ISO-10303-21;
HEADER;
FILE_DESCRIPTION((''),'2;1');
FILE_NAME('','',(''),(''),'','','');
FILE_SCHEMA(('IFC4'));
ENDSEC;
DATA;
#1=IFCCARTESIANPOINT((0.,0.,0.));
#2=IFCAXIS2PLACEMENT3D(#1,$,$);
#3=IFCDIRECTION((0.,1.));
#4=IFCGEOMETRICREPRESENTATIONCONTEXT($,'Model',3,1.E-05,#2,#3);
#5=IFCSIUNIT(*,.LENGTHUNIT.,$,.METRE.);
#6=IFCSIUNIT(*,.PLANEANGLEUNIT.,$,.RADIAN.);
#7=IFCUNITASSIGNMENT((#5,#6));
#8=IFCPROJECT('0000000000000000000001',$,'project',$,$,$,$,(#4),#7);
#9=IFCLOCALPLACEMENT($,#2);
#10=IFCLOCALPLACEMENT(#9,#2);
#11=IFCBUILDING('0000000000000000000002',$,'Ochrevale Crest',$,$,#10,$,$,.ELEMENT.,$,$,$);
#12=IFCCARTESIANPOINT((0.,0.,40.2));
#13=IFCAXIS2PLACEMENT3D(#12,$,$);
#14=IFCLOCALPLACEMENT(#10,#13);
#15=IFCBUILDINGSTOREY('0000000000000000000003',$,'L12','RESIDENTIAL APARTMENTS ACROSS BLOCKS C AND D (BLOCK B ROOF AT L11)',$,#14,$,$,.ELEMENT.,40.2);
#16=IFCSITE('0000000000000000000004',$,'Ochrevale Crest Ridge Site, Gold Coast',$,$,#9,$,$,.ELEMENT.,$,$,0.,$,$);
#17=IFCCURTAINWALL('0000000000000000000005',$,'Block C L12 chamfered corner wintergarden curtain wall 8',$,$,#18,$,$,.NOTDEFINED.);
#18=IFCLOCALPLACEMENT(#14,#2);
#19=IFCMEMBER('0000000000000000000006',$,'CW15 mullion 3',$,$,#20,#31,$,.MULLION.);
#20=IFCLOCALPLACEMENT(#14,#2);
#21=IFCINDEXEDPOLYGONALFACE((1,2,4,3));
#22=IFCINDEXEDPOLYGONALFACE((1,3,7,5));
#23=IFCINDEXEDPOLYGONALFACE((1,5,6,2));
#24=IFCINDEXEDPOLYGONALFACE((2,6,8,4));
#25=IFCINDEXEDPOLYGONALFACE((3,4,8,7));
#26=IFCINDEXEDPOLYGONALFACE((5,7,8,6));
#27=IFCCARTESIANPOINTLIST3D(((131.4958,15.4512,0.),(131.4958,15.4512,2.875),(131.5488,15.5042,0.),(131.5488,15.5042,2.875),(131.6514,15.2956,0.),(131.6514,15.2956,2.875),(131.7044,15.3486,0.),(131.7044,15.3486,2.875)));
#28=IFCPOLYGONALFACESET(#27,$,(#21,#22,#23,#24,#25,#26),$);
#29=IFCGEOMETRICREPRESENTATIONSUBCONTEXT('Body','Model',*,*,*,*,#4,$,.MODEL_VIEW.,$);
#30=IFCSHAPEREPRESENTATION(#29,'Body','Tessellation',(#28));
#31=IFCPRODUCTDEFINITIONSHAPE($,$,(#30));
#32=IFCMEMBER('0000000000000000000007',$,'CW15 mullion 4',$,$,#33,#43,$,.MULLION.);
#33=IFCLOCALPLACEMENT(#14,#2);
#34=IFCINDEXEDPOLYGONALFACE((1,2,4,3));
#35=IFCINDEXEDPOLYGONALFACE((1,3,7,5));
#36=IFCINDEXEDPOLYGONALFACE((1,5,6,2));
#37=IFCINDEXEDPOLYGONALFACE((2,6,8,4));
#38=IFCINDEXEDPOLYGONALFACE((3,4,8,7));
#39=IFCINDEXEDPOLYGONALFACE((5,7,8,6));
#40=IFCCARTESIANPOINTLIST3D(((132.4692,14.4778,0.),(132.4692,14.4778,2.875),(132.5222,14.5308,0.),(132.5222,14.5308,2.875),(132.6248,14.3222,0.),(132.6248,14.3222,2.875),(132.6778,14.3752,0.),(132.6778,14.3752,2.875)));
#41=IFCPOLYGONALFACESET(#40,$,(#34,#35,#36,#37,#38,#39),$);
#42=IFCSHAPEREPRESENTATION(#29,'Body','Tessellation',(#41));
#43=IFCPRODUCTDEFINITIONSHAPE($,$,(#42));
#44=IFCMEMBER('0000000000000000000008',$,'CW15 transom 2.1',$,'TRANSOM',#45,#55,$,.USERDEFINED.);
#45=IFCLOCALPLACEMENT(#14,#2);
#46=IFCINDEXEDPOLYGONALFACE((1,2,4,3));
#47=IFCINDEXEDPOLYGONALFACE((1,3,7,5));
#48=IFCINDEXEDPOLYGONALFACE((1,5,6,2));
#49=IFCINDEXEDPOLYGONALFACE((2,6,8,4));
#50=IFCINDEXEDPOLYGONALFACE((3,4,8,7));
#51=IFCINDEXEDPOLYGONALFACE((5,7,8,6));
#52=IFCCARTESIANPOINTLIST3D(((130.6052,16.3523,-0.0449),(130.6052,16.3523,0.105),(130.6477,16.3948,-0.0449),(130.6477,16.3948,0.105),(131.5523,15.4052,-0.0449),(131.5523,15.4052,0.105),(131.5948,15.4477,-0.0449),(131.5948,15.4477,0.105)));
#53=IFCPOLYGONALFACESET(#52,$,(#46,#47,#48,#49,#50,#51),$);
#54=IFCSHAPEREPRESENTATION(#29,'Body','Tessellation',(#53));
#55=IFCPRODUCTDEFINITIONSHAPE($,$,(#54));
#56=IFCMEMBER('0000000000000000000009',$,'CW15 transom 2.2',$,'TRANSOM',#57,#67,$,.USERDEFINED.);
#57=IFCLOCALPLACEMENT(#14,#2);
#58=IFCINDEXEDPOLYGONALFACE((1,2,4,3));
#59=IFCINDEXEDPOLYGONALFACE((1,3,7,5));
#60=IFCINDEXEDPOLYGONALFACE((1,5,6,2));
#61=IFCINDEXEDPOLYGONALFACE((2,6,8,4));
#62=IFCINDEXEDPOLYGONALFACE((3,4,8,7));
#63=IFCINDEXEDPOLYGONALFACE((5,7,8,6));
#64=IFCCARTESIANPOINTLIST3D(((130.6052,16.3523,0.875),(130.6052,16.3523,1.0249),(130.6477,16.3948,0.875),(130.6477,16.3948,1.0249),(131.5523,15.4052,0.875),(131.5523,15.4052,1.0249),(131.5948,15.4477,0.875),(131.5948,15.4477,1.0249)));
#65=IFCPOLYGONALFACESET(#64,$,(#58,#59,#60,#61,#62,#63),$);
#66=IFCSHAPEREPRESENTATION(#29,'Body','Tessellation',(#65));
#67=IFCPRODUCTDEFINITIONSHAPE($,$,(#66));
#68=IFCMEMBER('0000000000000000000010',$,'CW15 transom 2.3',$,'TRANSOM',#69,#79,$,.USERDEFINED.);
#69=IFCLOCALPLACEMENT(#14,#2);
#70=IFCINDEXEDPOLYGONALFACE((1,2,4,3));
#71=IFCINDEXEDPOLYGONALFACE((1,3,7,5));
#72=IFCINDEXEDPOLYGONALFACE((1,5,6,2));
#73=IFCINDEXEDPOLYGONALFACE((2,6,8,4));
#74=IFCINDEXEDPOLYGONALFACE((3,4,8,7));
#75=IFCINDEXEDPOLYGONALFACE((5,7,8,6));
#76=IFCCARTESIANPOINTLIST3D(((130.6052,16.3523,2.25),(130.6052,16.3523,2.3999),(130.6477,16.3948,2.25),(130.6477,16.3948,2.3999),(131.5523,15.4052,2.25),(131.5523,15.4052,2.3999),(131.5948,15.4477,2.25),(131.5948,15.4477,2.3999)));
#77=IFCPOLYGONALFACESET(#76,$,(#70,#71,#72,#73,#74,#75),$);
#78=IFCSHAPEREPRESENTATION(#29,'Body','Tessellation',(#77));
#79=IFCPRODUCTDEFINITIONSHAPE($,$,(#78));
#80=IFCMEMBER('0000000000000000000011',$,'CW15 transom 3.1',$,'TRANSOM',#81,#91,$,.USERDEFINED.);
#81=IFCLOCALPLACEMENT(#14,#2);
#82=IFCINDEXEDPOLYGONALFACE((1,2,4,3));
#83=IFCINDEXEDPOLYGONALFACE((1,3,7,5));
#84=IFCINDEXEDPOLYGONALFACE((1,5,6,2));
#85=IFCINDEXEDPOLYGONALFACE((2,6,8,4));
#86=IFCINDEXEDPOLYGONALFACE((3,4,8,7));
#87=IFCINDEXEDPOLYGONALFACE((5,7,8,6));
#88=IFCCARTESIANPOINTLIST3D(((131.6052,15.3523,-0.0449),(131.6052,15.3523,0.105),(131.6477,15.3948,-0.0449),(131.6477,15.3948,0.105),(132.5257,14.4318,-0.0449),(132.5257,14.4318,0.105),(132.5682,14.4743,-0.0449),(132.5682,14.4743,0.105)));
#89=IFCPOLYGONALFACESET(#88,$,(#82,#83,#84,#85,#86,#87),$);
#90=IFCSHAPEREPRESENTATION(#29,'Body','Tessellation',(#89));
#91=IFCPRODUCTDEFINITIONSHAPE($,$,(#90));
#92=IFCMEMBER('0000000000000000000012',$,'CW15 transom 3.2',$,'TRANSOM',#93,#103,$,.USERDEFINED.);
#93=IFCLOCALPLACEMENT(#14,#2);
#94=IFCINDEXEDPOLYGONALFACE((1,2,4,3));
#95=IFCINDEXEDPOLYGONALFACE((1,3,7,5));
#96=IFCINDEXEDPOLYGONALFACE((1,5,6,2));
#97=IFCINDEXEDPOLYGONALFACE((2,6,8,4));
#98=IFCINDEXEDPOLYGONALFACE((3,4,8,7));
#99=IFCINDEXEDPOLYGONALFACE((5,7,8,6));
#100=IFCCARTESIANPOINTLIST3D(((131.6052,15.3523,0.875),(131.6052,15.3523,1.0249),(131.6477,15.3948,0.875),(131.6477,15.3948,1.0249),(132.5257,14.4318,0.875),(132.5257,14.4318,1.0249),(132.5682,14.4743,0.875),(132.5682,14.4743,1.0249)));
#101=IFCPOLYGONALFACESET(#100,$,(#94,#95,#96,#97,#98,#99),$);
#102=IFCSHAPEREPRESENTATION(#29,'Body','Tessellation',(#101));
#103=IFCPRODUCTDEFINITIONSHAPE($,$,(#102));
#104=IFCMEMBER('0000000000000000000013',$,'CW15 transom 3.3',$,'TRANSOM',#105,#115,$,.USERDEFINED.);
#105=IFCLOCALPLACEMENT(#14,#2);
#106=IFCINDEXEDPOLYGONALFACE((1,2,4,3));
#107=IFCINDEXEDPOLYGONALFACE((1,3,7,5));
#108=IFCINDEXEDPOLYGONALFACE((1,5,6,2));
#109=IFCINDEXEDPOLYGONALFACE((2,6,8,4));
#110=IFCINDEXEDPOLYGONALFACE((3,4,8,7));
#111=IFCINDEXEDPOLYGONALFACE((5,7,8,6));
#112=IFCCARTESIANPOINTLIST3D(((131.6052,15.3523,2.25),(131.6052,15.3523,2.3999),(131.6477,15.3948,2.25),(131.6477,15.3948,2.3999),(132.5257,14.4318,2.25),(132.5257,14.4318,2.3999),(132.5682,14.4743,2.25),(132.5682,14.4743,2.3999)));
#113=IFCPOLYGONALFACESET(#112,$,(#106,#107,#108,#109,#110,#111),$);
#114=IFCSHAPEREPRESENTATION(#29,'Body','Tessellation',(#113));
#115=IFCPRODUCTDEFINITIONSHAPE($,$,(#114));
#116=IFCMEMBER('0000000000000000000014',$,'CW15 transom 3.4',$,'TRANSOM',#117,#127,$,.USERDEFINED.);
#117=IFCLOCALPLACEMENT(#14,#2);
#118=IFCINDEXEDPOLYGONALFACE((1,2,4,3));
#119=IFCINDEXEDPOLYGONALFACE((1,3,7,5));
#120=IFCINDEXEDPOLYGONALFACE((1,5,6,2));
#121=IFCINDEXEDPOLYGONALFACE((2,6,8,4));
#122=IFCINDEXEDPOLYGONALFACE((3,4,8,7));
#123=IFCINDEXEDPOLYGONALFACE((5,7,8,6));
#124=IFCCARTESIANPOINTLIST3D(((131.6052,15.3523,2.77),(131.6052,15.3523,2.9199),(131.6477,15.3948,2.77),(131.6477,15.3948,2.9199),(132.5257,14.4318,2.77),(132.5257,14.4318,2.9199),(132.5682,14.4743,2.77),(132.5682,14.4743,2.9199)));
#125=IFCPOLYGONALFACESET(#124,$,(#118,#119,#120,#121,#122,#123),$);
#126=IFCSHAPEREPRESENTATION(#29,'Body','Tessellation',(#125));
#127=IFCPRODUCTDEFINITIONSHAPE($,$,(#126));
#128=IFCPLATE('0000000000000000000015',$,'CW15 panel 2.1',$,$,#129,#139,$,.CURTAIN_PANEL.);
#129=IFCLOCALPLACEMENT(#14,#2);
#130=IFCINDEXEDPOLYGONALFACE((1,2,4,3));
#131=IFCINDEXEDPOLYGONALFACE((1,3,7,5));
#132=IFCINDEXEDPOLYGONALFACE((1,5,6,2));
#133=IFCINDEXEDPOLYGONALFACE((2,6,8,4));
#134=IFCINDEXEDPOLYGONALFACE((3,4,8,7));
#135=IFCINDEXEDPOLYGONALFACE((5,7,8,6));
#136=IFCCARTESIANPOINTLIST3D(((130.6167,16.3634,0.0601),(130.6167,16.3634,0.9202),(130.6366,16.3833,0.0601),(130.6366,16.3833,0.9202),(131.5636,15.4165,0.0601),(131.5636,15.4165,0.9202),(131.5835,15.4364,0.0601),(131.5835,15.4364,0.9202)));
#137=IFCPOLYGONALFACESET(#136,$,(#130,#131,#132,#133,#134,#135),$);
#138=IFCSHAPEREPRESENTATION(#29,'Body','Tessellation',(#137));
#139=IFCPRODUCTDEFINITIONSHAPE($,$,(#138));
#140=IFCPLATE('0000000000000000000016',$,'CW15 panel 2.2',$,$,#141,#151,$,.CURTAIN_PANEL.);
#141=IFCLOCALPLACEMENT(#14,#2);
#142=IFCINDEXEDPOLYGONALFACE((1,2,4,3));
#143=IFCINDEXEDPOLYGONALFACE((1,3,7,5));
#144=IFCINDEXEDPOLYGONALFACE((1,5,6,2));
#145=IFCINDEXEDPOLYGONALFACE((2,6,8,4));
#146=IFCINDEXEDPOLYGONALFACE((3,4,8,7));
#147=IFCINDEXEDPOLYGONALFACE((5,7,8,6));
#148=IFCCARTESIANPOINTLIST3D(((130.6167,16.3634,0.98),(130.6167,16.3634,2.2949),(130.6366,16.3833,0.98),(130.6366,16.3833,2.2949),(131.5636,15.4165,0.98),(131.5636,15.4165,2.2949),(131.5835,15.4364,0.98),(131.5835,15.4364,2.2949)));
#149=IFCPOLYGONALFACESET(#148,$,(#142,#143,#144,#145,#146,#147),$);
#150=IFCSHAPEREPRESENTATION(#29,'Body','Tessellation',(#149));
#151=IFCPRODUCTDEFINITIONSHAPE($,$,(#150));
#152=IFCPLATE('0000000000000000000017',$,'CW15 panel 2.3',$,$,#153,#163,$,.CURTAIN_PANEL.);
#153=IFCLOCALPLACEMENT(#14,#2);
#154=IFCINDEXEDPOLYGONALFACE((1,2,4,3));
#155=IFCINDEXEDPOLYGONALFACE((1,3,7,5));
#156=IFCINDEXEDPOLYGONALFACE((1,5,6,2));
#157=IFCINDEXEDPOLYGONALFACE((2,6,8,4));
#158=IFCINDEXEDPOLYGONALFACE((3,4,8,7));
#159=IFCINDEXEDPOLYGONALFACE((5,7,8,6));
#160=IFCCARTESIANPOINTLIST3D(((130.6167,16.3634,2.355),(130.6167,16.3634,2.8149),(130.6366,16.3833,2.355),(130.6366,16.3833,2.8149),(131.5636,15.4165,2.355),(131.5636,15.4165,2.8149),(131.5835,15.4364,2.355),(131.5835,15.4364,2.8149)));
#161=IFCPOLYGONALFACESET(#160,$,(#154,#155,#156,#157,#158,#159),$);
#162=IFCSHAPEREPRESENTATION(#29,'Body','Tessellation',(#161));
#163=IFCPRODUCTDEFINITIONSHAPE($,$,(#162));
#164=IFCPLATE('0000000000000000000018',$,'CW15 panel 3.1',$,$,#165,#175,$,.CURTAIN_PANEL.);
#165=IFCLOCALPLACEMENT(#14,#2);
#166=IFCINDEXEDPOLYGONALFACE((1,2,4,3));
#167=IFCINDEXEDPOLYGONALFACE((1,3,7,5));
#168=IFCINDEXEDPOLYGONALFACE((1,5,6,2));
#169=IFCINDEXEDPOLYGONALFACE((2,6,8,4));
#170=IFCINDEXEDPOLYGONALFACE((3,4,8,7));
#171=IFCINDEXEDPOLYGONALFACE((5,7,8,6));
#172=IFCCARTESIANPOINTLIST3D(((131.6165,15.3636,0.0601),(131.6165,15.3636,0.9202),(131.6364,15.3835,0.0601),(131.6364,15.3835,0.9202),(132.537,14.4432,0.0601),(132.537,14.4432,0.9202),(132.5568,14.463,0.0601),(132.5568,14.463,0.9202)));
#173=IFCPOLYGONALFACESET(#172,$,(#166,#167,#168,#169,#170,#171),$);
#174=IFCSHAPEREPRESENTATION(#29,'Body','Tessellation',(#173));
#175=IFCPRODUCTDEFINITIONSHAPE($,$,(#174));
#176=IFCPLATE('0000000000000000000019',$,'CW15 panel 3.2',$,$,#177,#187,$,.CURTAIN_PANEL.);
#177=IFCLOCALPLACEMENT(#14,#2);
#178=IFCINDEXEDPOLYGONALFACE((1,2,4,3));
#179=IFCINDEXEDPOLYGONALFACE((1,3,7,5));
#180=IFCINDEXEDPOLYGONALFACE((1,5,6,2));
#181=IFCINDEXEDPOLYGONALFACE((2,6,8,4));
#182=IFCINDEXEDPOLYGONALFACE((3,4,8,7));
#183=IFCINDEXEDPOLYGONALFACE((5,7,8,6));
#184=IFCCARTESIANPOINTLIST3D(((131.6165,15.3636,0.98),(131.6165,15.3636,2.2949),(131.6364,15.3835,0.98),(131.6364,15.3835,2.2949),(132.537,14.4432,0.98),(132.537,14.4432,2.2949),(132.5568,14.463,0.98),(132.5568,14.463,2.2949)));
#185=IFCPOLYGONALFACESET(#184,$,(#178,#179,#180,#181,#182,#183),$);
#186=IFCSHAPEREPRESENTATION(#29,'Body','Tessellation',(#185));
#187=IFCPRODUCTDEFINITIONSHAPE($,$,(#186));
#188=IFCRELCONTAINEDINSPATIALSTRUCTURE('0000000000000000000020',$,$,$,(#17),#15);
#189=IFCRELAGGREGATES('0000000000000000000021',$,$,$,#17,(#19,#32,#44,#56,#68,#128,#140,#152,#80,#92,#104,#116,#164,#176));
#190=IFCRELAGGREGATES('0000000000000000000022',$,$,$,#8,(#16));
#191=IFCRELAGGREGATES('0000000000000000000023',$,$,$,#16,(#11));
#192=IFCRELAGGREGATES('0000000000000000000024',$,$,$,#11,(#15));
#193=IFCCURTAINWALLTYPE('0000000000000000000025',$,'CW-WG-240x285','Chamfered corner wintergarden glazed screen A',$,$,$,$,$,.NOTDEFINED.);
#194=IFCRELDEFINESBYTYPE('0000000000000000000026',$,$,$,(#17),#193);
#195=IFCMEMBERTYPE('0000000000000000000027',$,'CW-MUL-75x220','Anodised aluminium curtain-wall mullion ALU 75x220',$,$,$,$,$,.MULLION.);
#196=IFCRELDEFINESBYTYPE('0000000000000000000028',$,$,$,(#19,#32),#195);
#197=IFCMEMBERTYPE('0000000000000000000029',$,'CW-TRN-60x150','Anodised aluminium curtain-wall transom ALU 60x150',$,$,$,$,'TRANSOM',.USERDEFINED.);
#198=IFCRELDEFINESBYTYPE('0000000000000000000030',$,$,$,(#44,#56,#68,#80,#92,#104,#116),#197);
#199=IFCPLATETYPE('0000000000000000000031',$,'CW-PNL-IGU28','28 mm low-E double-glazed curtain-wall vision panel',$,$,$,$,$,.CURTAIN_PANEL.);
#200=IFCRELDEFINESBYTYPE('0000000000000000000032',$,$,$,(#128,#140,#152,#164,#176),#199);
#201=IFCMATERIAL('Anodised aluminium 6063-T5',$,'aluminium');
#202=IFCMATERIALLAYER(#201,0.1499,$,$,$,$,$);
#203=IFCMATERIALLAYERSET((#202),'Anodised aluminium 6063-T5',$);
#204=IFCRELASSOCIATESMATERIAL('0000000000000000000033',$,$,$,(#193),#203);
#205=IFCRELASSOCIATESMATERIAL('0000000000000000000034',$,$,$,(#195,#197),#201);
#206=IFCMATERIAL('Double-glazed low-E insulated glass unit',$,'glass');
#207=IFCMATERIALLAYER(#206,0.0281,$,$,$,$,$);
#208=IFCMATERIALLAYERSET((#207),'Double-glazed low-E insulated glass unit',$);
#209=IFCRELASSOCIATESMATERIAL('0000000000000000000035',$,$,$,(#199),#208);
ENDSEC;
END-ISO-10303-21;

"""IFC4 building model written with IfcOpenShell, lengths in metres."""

from ifc_helpers import new_model, si_unit, direction, frame, origin, origin_2d, place, context, subcontext, project, spatial, rectangle, extrude, material, layer, layer_set, material_profile, profile_set, type_object, element, aggregate, save


model = new_model("IFC4")

# Units and contexts
model_context = context("Model", 3, precision=1e-05, world=origin(), true_north=direction((0.0, 1.0)))
body_context = subcontext(model_context, "Body", "Model", "MODEL_VIEW")
ifc_project = project(units=[si_unit("LENGTHUNIT", "METRE"), si_unit("PLANEANGLEUNIT", "RADIAN")], contexts=[model_context])

# Site, building, storey
site_placement = place(None, origin())
site = spatial("IfcSite", under=ifc_project, at=site_placement, Name="Ochrevale Crest Ridge Site, Gold Coast", CompositionType="ELEMENT", RefElevation=0.0)
building_placement = place(site_placement, origin())
building = spatial("IfcBuilding", under=site, at=building_placement, Name="Ochrevale Crest", CompositionType="ELEMENT")
storey_placement = place(building_placement, frame((0.0, 0.0, 40.2)))
storey = spatial("IfcBuildingStorey", under=building, at=storey_placement, Name="L12", Description="RESIDENTIAL APARTMENTS ACROSS BLOCKS C AND D (BLOCK B ROOF AT L11)", CompositionType="ELEMENT", Elevation=40.2)

# Curtain wall, members, plates
ifc_material_1 = material(Name="Anodised aluminium 6063-T5", Category="aluminium")
ifc_layer_1 = layer(ifc_material_1, 0.1499)
ifc_layer_set_1 = layer_set([ifc_layer_1], Name="Anodised aluminium 6063-T5")
curtain_wall_type = type_object("IfcCurtainWallType", Name="CW-WG-240x285", Description="Chamfered corner wintergarden glazed screen A", PredefinedType="NOTDEFINED", material=ifc_layer_set_1)
curtain_wall_placement = place(storey_placement, origin())
curtain_wall = element("IfcCurtainWall", 1, at=curtain_wall_placement, inside=storey, type_object=curtain_wall_type, Name="Block C L12 chamfered corner wintergarden curtain wall 8", PredefinedType="NOTDEFINED")
ifc_material_profile_1 = material_profile(ifc_material_1, rectangle(XDim=0.075, YDim=0.22, at=origin_2d()), Name="ALU 75x220")
ifc_profile_set_1 = profile_set([ifc_material_profile_1], Name="Anodised aluminium 6063-T5")
member_type_1 = type_object("IfcMemberType", Name="CW-MUL-75x220", Description="Anodised aluminium curtain-wall mullion ALU 75x220", PredefinedType="MULLION", material=ifc_profile_set_1)
member_1_placement = place(storey_placement, frame((131.6001, 15.3999, 0.0), z_axis=(0.0, 0.0, 1.0), x_axis=(0.707107, 0.707107, 0.0)))
member_1 = element("IfcMember", 2, at=member_1_placement, type_object=member_type_1, Name="CW15 mullion 3", PredefinedType="MULLION", context=body_context, shape_type="SweptSolid", body=[
    extrude(rectangle(XDim=0.075, YDim=0.22, at=origin_2d()), origin(), (0.0, 0.0, 1.0), 2.875),
])
member_2_placement = place(storey_placement, frame((132.5735, 14.4265, 0.0), z_axis=(0.0, 0.0, 1.0), x_axis=(0.707107, 0.707107, 0.0)))
member_2 = element("IfcMember", 3, at=member_2_placement, type_object=member_type_1, Name="CW15 mullion 4", PredefinedType="MULLION", context=body_context, shape_type="SweptSolid", body=[
    extrude(rectangle(XDim=0.075, YDim=0.22, at=origin_2d()), origin(), (0.0, 0.0, 1.0), 2.875),
])
ifc_material_profile_2 = material_profile(ifc_material_1, rectangle(XDim=0.0601, YDim=0.1499, at=origin_2d()), Name="ALU 60x150")
ifc_profile_set_2 = profile_set([ifc_material_profile_2], Name="Anodised aluminium 6063-T5")
member_type_2 = type_object("IfcMemberType", Name="CW-TRN-60x150", Description="Anodised aluminium curtain-wall transom ALU 60x150", ElementType="TRANSOM", PredefinedType="USERDEFINED", material=ifc_profile_set_2)
member_3_placement = place(storey_placement, frame((130.6265, 16.3735, 0.03), z_axis=(0.707107, -0.707107, 0.0), x_axis=(0.707107, 0.707107, 0.0)))
member_3 = element("IfcMember", 4, at=member_3_placement, type_object=member_type_2, Name="CW15 transom 2.1", ObjectType="TRANSOM", PredefinedType="USERDEFINED", context=body_context, shape_type="SweptSolid", body=[
    extrude(rectangle(XDim=0.0601, YDim=0.1499, at=origin_2d()), origin(), (0.0, 0.0, 1.0), 1.3394),
])
member_4_placement = place(storey_placement, frame((130.6265, 16.3735, 0.95), z_axis=(0.707107, -0.707107, 0.0), x_axis=(0.707107, 0.707107, 0.0)))
member_4 = element("IfcMember", 5, at=member_4_placement, type_object=member_type_2, Name="CW15 transom 2.2", ObjectType="TRANSOM", PredefinedType="USERDEFINED", context=body_context, shape_type="SweptSolid", body=[
    extrude(rectangle(XDim=0.0601, YDim=0.1499, at=origin_2d()), origin(), (0.0, 0.0, 1.0), 1.3394),
])
member_5_placement = place(storey_placement, frame((130.6265, 16.3735, 2.325), z_axis=(0.707107, -0.707107, 0.0), x_axis=(0.707107, 0.707107, 0.0)))
member_5 = element("IfcMember", 6, at=member_5_placement, type_object=member_type_2, Name="CW15 transom 2.3", ObjectType="TRANSOM", PredefinedType="USERDEFINED", context=body_context, shape_type="SweptSolid", body=[
    extrude(rectangle(XDim=0.0601, YDim=0.1499, at=origin_2d()), origin(), (0.0, 0.0, 1.0), 1.3394),
])
member_6_placement = place(storey_placement, frame((131.6265, 15.3735, 0.03), z_axis=(0.707107, -0.707107, 0.0), x_axis=(0.707107, 0.707107, 0.0)))
member_6 = element("IfcMember", 7, at=member_6_placement, type_object=member_type_2, Name="CW15 transom 3.1", ObjectType="TRANSOM", PredefinedType="USERDEFINED", context=body_context, shape_type="SweptSolid", body=[
    extrude(rectangle(XDim=0.0601, YDim=0.1499, at=origin_2d()), origin(), (0.0, 0.0, 1.0), 1.3018),
])
member_7_placement = place(storey_placement, frame((131.6265, 15.3735, 0.95), z_axis=(0.707107, -0.707107, 0.0), x_axis=(0.707107, 0.707107, 0.0)))
member_7 = element("IfcMember", 8, at=member_7_placement, type_object=member_type_2, Name="CW15 transom 3.2", ObjectType="TRANSOM", PredefinedType="USERDEFINED", context=body_context, shape_type="SweptSolid", body=[
    extrude(rectangle(XDim=0.0601, YDim=0.1499, at=origin_2d()), origin(), (0.0, 0.0, 1.0), 1.3018),
])
member_8_placement = place(storey_placement, frame((131.6265, 15.3735, 2.325), z_axis=(0.707107, -0.707107, 0.0), x_axis=(0.707107, 0.707107, 0.0)))
member_8 = element("IfcMember", 9, at=member_8_placement, type_object=member_type_2, Name="CW15 transom 3.3", ObjectType="TRANSOM", PredefinedType="USERDEFINED", context=body_context, shape_type="SweptSolid", body=[
    extrude(rectangle(XDim=0.0601, YDim=0.1499, at=origin_2d()), origin(), (0.0, 0.0, 1.0), 1.3018),
])
member_9_placement = place(storey_placement, frame((131.6265, 15.3735, 2.845), z_axis=(0.707107, -0.707107, 0.0), x_axis=(0.707107, 0.707107, 0.0)))
member_9 = element("IfcMember", 10, at=member_9_placement, type_object=member_type_2, Name="CW15 transom 3.4", ObjectType="TRANSOM", PredefinedType="USERDEFINED", context=body_context, shape_type="SweptSolid", body=[
    extrude(rectangle(XDim=0.0601, YDim=0.1499, at=origin_2d()), origin(), (0.0, 0.0, 1.0), 1.3018),
])
ifc_material_2 = material(Name="Double-glazed low-E insulated glass unit", Category="glass")
ifc_layer_2 = layer(ifc_material_2, 0.0281)
ifc_layer_set_2 = layer_set([ifc_layer_2], Name="Double-glazed low-E insulated glass unit")
plate_type = type_object("IfcPlateType", Name="CW-PNL-IGU28", Description="28 mm low-E double-glazed curtain-wall vision panel", PredefinedType="CURTAIN_PANEL", material=ifc_layer_set_2)
plate_1_placement = place(storey_placement, frame((131.1001, 15.8999, 0.0601), z_axis=(0.0, 0.0, 1.0), x_axis=(0.707107, -0.707107, 0.0)))
plate_1 = element("IfcPlate", 11, at=plate_1_placement, type_object=plate_type, Name="CW15 panel 2.1", PredefinedType="CURTAIN_PANEL", context=body_context, shape_type="SweptSolid", body=[
    extrude(rectangle(XDim=1.3391, YDim=0.0281, at=origin_2d()), origin(), (0.0, 0.0, 1.0), 0.8601),
])
plate_2_placement = place(storey_placement, frame((131.1001, 15.8999, 0.98), z_axis=(0.0, 0.0, 1.0), x_axis=(0.707107, -0.707107, 0.0)))
plate_2 = element("IfcPlate", 12, at=plate_2_placement, type_object=plate_type, Name="CW15 panel 2.2", PredefinedType="CURTAIN_PANEL", context=body_context, shape_type="SweptSolid", body=[
    extrude(rectangle(XDim=1.3391, YDim=0.0281, at=origin_2d()), origin(), (0.0, 0.0, 1.0), 1.3149),
])
plate_3_placement = place(storey_placement, frame((131.1001, 15.8999, 2.355), z_axis=(0.0, 0.0, 1.0), x_axis=(0.707107, -0.707107, 0.0)))
plate_3 = element("IfcPlate", 13, at=plate_3_placement, type_object=plate_type, Name="CW15 panel 2.3", PredefinedType="CURTAIN_PANEL", context=body_context, shape_type="SweptSolid", body=[
    extrude(rectangle(XDim=1.3391, YDim=0.0281, at=origin_2d()), origin(), (0.0, 0.0, 1.0), 0.46),
])
plate_4_placement = place(storey_placement, frame((132.0867, 14.9133, 0.0601), z_axis=(0.0, 0.0, 1.0), x_axis=(0.707107, -0.707107, 0.0)))
plate_4 = element("IfcPlate", 14, at=plate_4_placement, type_object=plate_type, Name="CW15 panel 3.1", PredefinedType="CURTAIN_PANEL", context=body_context, shape_type="SweptSolid", body=[
    extrude(rectangle(XDim=1.3018, YDim=0.0281, at=origin_2d()), origin(), (0.0, 0.0, 1.0), 0.8601),
])
plate_5_placement = place(storey_placement, frame((132.0867, 14.9133, 0.98), z_axis=(0.0, 0.0, 1.0), x_axis=(0.707107, -0.707107, 0.0)))
plate_5 = element("IfcPlate", 15, at=plate_5_placement, type_object=plate_type, Name="CW15 panel 3.2", PredefinedType="CURTAIN_PANEL", context=body_context, shape_type="SweptSolid", body=[
    extrude(rectangle(XDim=1.3018, YDim=0.0281, at=origin_2d()), origin(), (0.0, 0.0, 1.0), 1.3149),
])
aggregate(curtain_wall, [member_1, member_2, member_3, member_4, member_5, plate_1, plate_2, plate_3, member_6, member_7, member_8, member_9, plate_4, plate_5])

save(model, "model.ifc")
